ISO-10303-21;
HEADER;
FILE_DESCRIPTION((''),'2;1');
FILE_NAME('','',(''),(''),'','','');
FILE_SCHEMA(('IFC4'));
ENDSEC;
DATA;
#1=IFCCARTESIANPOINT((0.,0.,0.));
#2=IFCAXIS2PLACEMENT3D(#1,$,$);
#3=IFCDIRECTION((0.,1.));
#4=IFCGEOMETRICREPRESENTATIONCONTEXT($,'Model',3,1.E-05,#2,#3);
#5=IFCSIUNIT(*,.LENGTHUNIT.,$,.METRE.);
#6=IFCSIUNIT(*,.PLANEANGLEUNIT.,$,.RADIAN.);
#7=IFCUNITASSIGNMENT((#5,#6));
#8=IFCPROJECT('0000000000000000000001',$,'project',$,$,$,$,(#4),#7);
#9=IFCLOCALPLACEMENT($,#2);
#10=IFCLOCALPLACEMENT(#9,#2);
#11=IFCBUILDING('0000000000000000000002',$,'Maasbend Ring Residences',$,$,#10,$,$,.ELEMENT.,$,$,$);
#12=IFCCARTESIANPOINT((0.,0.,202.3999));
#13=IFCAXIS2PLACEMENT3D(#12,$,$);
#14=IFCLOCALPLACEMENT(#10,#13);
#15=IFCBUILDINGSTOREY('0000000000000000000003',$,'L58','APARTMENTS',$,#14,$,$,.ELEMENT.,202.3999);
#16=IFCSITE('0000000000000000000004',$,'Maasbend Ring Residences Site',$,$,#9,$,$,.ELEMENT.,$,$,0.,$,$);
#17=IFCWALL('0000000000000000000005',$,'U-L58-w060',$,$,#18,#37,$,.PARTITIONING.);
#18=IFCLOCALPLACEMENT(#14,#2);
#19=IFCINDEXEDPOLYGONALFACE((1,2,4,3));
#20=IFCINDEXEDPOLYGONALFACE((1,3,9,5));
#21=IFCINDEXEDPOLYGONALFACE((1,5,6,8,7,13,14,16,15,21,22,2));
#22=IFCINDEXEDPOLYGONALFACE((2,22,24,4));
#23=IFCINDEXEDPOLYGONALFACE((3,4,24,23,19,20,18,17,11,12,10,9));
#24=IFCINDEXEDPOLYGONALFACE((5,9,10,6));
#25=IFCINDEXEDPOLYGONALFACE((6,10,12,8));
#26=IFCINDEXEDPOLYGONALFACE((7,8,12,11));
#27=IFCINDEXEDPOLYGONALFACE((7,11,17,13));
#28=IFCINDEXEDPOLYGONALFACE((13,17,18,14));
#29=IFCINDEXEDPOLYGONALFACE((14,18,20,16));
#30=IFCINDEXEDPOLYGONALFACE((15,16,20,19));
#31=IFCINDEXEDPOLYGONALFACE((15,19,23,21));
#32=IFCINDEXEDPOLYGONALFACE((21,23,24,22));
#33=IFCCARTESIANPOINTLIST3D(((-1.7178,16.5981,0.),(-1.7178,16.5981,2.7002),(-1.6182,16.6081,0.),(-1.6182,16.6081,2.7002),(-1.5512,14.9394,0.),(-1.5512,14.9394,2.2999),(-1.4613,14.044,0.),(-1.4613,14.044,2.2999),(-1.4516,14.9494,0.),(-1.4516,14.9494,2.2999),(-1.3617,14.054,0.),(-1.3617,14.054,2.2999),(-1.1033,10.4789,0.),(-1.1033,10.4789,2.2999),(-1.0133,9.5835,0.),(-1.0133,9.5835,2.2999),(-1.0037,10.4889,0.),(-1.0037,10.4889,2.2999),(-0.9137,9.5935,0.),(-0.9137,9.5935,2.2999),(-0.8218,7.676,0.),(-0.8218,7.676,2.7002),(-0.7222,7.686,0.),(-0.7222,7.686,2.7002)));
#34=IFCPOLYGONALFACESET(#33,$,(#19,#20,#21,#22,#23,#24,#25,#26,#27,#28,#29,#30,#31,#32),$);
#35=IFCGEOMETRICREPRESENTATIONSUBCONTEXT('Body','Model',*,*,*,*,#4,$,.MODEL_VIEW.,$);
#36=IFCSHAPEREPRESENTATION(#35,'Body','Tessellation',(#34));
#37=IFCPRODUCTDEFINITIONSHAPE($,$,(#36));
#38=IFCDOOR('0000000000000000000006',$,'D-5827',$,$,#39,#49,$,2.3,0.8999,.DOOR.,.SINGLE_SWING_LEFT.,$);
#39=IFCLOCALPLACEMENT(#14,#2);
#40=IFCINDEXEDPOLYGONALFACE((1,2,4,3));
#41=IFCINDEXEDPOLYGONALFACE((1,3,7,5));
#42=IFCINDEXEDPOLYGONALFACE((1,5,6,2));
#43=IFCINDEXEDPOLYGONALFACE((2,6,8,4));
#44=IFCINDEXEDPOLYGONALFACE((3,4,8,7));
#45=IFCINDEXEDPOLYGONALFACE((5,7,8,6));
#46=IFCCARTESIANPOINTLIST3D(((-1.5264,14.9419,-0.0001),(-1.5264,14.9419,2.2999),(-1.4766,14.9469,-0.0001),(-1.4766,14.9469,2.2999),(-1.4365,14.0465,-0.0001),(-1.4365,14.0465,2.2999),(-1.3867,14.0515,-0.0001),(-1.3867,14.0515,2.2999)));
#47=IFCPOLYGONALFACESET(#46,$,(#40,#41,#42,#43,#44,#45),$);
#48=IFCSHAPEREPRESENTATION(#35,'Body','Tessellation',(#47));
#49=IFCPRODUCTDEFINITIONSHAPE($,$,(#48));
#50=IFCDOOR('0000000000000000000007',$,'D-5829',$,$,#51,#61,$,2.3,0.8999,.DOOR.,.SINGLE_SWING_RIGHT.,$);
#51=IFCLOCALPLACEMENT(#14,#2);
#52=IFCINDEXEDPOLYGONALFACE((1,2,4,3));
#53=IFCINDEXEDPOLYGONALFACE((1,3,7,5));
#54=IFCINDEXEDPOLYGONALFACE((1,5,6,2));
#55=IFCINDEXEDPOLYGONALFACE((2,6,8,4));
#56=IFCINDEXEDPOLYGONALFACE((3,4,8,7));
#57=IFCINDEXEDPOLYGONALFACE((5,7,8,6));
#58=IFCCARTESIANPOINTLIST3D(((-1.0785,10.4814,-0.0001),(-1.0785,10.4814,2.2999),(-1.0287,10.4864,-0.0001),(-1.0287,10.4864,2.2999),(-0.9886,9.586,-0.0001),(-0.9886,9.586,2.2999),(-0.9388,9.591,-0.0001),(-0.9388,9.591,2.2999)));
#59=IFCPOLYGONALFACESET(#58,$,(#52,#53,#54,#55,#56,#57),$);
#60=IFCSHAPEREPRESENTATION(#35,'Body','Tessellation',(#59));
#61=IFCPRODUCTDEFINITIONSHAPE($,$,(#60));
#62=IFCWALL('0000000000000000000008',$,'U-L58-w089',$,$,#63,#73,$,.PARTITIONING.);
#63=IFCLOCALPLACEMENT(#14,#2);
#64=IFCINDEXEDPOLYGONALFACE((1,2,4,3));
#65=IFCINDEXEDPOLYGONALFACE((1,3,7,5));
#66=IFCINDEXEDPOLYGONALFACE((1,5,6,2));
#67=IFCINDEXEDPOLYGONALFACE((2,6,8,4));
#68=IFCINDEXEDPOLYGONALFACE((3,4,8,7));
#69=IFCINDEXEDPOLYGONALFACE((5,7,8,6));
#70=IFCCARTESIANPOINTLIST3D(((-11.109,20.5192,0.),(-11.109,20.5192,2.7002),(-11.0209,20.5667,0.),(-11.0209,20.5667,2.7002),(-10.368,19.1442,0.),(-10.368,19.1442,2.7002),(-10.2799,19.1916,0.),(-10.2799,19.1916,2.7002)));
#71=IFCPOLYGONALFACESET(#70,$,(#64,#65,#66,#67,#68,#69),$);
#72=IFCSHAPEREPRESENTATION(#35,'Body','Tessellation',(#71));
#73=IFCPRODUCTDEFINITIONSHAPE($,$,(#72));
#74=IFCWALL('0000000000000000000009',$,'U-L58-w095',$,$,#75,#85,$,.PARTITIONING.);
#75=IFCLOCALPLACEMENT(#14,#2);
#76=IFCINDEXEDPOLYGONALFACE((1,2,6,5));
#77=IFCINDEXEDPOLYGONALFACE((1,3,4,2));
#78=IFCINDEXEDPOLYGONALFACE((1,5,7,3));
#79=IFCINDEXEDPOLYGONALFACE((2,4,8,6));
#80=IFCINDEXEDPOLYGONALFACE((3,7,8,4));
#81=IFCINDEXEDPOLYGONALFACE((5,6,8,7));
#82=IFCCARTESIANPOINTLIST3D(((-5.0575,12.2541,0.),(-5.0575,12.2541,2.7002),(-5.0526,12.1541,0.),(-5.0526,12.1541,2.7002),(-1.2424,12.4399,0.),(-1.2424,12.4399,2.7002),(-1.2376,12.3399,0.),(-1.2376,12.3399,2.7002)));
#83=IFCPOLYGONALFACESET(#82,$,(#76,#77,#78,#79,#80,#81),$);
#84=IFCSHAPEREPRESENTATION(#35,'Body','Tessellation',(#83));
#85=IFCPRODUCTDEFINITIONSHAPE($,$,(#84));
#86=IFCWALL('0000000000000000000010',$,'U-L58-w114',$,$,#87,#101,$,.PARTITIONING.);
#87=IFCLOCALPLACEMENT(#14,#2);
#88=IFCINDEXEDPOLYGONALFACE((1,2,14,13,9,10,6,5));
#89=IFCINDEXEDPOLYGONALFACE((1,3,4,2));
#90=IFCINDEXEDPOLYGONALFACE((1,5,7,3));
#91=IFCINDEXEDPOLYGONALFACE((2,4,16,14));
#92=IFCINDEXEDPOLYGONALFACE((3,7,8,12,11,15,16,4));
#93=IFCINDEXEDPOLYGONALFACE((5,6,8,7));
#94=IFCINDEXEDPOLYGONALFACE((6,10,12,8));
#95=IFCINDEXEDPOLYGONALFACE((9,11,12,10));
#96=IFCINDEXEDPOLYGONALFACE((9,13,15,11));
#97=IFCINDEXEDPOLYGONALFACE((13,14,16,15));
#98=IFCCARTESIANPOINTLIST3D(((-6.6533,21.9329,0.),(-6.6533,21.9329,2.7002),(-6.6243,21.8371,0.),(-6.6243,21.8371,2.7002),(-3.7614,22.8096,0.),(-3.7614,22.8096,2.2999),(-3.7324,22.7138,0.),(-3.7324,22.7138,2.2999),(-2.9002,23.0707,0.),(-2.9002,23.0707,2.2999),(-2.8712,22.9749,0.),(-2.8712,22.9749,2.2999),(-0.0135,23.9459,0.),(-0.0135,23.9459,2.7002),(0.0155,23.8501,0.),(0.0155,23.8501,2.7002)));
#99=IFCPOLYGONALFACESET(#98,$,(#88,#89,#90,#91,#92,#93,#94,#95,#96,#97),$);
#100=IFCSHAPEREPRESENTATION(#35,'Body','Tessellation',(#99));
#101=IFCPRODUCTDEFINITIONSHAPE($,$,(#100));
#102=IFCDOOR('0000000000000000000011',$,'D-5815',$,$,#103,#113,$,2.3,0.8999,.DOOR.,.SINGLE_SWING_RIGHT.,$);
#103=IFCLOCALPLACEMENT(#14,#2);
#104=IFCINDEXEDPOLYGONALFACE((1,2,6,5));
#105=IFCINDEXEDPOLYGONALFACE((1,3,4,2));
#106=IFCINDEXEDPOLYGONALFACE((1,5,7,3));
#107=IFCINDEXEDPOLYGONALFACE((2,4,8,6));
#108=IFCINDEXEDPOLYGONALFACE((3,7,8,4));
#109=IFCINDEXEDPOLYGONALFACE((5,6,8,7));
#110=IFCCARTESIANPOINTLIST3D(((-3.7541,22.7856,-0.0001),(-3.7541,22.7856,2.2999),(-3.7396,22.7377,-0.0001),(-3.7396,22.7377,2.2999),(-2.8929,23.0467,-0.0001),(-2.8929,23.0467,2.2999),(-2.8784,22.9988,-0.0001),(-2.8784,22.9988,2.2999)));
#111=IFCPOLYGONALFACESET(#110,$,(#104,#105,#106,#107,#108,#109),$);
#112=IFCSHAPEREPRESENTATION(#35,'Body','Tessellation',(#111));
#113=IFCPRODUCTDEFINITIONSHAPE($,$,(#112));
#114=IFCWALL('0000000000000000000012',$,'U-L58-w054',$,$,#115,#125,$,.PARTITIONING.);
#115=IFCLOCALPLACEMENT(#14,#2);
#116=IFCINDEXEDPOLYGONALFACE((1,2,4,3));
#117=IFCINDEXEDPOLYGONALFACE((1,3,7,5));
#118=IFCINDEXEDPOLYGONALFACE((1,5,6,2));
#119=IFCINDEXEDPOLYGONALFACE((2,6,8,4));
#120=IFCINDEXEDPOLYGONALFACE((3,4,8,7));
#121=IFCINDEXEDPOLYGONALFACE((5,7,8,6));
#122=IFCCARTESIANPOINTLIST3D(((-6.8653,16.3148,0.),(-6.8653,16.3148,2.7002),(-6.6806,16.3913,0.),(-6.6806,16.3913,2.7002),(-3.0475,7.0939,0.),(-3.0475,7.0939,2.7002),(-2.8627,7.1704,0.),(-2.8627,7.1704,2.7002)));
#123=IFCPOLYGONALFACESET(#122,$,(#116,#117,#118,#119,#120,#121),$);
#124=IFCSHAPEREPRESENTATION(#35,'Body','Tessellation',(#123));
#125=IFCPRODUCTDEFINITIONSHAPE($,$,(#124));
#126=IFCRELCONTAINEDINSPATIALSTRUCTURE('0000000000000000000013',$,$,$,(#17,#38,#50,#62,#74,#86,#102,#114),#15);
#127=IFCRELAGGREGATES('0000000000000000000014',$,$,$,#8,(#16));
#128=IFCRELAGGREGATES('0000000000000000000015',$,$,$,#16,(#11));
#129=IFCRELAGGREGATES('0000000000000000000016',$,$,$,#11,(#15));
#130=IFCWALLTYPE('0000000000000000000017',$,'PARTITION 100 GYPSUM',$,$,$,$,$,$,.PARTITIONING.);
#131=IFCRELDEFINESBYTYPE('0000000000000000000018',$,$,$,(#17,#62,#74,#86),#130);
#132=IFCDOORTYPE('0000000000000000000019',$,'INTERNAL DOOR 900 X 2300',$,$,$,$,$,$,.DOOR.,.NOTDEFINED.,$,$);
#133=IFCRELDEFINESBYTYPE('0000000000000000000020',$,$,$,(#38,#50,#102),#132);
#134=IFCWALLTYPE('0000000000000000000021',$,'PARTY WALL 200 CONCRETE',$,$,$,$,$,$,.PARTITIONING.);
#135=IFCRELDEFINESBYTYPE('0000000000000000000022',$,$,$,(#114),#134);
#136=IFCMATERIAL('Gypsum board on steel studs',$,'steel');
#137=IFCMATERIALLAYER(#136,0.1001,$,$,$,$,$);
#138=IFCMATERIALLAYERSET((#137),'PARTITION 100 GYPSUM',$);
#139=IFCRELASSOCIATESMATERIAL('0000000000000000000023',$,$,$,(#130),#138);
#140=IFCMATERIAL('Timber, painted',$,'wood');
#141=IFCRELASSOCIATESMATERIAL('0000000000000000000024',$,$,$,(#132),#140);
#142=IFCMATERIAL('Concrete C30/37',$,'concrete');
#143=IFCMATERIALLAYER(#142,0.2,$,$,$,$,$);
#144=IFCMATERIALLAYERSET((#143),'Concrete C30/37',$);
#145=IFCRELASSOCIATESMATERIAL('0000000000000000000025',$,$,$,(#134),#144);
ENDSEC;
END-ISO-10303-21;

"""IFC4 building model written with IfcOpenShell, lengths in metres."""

from ifc_helpers import new_model, si_unit, direction, frame, frame_2d, origin, place, context, subcontext, project, spatial, rectangle, extrude, material, layer, layer_set, type_object, element, fill, save


model = new_model("IFC4")

# Units and contexts
model_context = context("Model", 3, precision=1e-05, world=origin(), true_north=direction((0.0, 1.0)))
body_context = subcontext(model_context, "Body", "Model", "MODEL_VIEW")
ifc_project = project(units=[si_unit("LENGTHUNIT", "METRE"), si_unit("PLANEANGLEUNIT", "RADIAN")], contexts=[model_context])

# Site, building, storey
site_placement = place(None, origin())
site = spatial("IfcSite", under=ifc_project, at=site_placement, Name="Maasbend Ring Residences Site", CompositionType="ELEMENT", RefElevation=0.0)
building_placement = place(site_placement, origin())
building = spatial("IfcBuilding", under=site, at=building_placement, Name="Maasbend Ring Residences", CompositionType="ELEMENT")
storey_placement = place(building_placement, frame((0.0, 0.0, 202.3999)))
storey = spatial("IfcBuildingStorey", under=building, at=storey_placement, Name="L58", Description="APARTMENTS", CompositionType="ELEMENT", Elevation=202.3999)

# Shared definitions
ifc_material_1 = material(Name="Gypsum board on steel studs", Category="steel")
ifc_layer_1 = layer(ifc_material_1, 0.1001)
ifc_layer_set_1 = layer_set([ifc_layer_1], Name="PARTITION 100 GYPSUM")
wall_type_1 = type_object("IfcWallType", Name="PARTITION 100 GYPSUM", PredefinedType="PARTITIONING", material=ifc_layer_set_1)
ifc_material_2 = material(Name="Timber, painted", Category="wood")
door_type_1 = type_object("IfcDoorType", Name="INTERNAL DOOR 900 X 2300", OperationType="NOTDEFINED", PredefinedType="DOOR", material=ifc_material_2)

# Wall, openings, doors
wall_1_placement = place(storey_placement, frame((-1.668, 16.603, 0.0), z_axis=(0.0, 0.0, 1.0), x_axis=(0.099922, -0.994995, 0.0)))
wall_1 = element("IfcWall", 1, at=wall_1_placement, inside=storey, type_object=wall_type_1, Name="U-L58-w060", PredefinedType="PARTITIONING", context=body_context, shape_type="SweptSolid", body=[
    extrude(rectangle(XDim=8.967, YDim=0.1001, at=frame_2d((4.4834, 0.0))), origin(), (0.0, 0.0, 1.0), 2.7002),
])
opening_1_placement = place(wall_1_placement, frame((1.667, 0.0, 0.0)))
opening_1 = element("IfcOpeningElement", 2, at=opening_1_placement, cuts=wall_1, PredefinedType="OPENING", context=body_context, shape_type="SweptSolid", body=[
    extrude(rectangle(XDim=0.8999, YDim=2.3, at=frame_2d((0.45, 1.1499))), frame((0.0, 0.0601, 0.0), z_axis=(0.0, -1.0, 0.0), x_axis=(1.0, 0.0, 0.0)), (0.0, 0.0, 1.0), 0.1201),
])
opening_2_placement = place(wall_1_placement, frame((6.1499, 0.0, 0.0)))
opening_2 = element("IfcOpeningElement", 3, at=opening_2_placement, cuts=wall_1, PredefinedType="OPENING", context=body_context, shape_type="SweptSolid", body=[
    extrude(rectangle(XDim=0.8999, YDim=2.3, at=frame_2d((0.45, 1.1499))), frame((0.0, 0.0601, 0.0), z_axis=(0.0, -1.0, 0.0), x_axis=(1.0, 0.0, 0.0)), (0.0, 0.0, 1.0), 0.1201),
])
door_1_placement = place(opening_1_placement, origin())
door_1 = element("IfcDoor", 4, at=door_1_placement, inside=storey, type_object=door_type_1, Name="D-5827", OperationType="SINGLE_SWING_LEFT", OverallHeight=2.3, OverallWidth=0.8999, PredefinedType="DOOR", context=body_context, shape_type="SweptSolid", body=[
    extrude(rectangle(XDim=0.8999, YDim=2.3, at=frame_2d((0.45, 1.1499))), frame((0.0, 0.0249, 0.0), z_axis=(0.0, -1.0, 0.0), x_axis=(1.0, 0.0, 0.0)), (0.0, 0.0, 1.0), 0.05),
])
fill(opening_1, door_1)
door_2_placement = place(opening_2_placement, origin())
door_2 = element("IfcDoor", 5, at=door_2_placement, inside=storey, type_object=door_type_1, Name="D-5829", OperationType="SINGLE_SWING_RIGHT", OverallHeight=2.3, OverallWidth=0.8999, PredefinedType="DOOR", context=body_context, shape_type="SweptSolid", body=[
    extrude(rectangle(XDim=0.8999, YDim=2.3, at=frame_2d((0.45, 1.1499))), frame((0.0, 0.0249, 0.0), z_axis=(0.0, -1.0, 0.0), x_axis=(1.0, 0.0, 0.0)), (0.0, 0.0, 1.0), 0.05),
])
fill(opening_2, door_2)

# Walls
wall_2_placement = place(storey_placement, frame((-11.0649, 20.543, 0.0), z_axis=(0.0, 0.0, 1.0), x_axis=(0.474389, -0.880315, 0.0)))
element("IfcWall", 6, at=wall_2_placement, inside=storey, type_object=wall_type_1, Name="U-L58-w089", PredefinedType="PARTITIONING", context=body_context, shape_type="SweptSolid", body=[
    extrude(rectangle(XDim=1.562, YDim=0.1001, at=frame_2d((0.781, 0.0))), origin(), (0.0, 0.0, 1.0), 2.7002),
])
wall_3_placement = place(storey_placement, frame((-5.0549, 12.2041, 0.0), z_axis=(0.0, 0.0, 1.0), x_axis=(0.998816, 0.048643, 0.0)))
element("IfcWall", 7, at=wall_3_placement, inside=storey, type_object=wall_type_1, Name="U-L58-w095", PredefinedType="PARTITIONING", context=body_context, shape_type="SweptSolid", body=[
    extrude(rectangle(XDim=3.8196, YDim=0.1001, at=frame_2d((1.9097, 0.0))), origin(), (0.0, 0.0, 1.0), 2.7002),
])

# Wall, opening, door
wall_4_placement = place(storey_placement, frame((-6.6389, 21.885, 0.0), z_axis=(0.0, 0.0, 1.0), x_axis=(0.95699, 0.29012, 0.0)))
wall_4 = element("IfcWall", 8, at=wall_4_placement, inside=storey, type_object=wall_type_1, Name="U-L58-w114", PredefinedType="PARTITIONING", context=body_context, shape_type="SweptSolid", body=[
    extrude(rectangle(XDim=6.9382, YDim=0.1001, at=frame_2d((3.4692, 0.0))), origin(), (0.0, 0.0, 1.0), 2.7002),
])
opening_3_placement = place(wall_4_placement, frame((3.022, 0.0, 0.0)))
opening_3 = element("IfcOpeningElement", 9, at=opening_3_placement, cuts=wall_4, PredefinedType="OPENING", context=body_context, shape_type="SweptSolid", body=[
    extrude(rectangle(XDim=0.8999, YDim=2.3, at=frame_2d((0.45, 1.1499))), frame((0.0, 0.0601, 0.0), z_axis=(0.0, -1.0, 0.0), x_axis=(1.0, 0.0, 0.0)), (0.0, 0.0, 1.0), 0.1201),
])
door_3_placement = place(opening_3_placement, origin())
door_3 = element("IfcDoor", 10, at=door_3_placement, inside=storey, type_object=door_type_1, Name="D-5815", OperationType="SINGLE_SWING_RIGHT", OverallHeight=2.3, OverallWidth=0.8999, PredefinedType="DOOR", context=body_context, shape_type="SweptSolid", body=[
    extrude(rectangle(XDim=0.8999, YDim=2.3, at=frame_2d((0.45, 1.1499))), frame((0.0, 0.0249, 0.0), z_axis=(0.0, -1.0, 0.0), x_axis=(1.0, 0.0, 0.0)), (0.0, 0.0, 1.0), 0.05),
])
fill(opening_3, door_3)

# Wall
ifc_material_3 = material(Name="Concrete C30/37", Category="concrete")
ifc_layer_2 = layer(ifc_material_3, 0.2)
ifc_layer_set_2 = layer_set([ifc_layer_2], Name="Concrete C30/37")
wall_type_2 = type_object("IfcWallType", Name="PARTY WALL 200 CONCRETE", PredefinedType="PARTITIONING", material=ifc_layer_set_2)
wall_5_placement = place(storey_placement, frame((-6.7729, 16.353, 0.0), z_axis=(0.0, 0.0, 1.0), x_axis=(0.382549, -0.923935, 0.0)))
element("IfcWall", 11, at=wall_5_placement, inside=storey, type_object=wall_type_2, Name="U-L58-w054", PredefinedType="PARTITIONING", context=body_context, shape_type="SweptSolid", body=[
    extrude(rectangle(XDim=9.98, YDim=0.2, at=frame_2d((4.99, 0.0))), origin(), (0.0, 0.0, 1.0), 2.7002),
])

save(model, "model.ifc")
